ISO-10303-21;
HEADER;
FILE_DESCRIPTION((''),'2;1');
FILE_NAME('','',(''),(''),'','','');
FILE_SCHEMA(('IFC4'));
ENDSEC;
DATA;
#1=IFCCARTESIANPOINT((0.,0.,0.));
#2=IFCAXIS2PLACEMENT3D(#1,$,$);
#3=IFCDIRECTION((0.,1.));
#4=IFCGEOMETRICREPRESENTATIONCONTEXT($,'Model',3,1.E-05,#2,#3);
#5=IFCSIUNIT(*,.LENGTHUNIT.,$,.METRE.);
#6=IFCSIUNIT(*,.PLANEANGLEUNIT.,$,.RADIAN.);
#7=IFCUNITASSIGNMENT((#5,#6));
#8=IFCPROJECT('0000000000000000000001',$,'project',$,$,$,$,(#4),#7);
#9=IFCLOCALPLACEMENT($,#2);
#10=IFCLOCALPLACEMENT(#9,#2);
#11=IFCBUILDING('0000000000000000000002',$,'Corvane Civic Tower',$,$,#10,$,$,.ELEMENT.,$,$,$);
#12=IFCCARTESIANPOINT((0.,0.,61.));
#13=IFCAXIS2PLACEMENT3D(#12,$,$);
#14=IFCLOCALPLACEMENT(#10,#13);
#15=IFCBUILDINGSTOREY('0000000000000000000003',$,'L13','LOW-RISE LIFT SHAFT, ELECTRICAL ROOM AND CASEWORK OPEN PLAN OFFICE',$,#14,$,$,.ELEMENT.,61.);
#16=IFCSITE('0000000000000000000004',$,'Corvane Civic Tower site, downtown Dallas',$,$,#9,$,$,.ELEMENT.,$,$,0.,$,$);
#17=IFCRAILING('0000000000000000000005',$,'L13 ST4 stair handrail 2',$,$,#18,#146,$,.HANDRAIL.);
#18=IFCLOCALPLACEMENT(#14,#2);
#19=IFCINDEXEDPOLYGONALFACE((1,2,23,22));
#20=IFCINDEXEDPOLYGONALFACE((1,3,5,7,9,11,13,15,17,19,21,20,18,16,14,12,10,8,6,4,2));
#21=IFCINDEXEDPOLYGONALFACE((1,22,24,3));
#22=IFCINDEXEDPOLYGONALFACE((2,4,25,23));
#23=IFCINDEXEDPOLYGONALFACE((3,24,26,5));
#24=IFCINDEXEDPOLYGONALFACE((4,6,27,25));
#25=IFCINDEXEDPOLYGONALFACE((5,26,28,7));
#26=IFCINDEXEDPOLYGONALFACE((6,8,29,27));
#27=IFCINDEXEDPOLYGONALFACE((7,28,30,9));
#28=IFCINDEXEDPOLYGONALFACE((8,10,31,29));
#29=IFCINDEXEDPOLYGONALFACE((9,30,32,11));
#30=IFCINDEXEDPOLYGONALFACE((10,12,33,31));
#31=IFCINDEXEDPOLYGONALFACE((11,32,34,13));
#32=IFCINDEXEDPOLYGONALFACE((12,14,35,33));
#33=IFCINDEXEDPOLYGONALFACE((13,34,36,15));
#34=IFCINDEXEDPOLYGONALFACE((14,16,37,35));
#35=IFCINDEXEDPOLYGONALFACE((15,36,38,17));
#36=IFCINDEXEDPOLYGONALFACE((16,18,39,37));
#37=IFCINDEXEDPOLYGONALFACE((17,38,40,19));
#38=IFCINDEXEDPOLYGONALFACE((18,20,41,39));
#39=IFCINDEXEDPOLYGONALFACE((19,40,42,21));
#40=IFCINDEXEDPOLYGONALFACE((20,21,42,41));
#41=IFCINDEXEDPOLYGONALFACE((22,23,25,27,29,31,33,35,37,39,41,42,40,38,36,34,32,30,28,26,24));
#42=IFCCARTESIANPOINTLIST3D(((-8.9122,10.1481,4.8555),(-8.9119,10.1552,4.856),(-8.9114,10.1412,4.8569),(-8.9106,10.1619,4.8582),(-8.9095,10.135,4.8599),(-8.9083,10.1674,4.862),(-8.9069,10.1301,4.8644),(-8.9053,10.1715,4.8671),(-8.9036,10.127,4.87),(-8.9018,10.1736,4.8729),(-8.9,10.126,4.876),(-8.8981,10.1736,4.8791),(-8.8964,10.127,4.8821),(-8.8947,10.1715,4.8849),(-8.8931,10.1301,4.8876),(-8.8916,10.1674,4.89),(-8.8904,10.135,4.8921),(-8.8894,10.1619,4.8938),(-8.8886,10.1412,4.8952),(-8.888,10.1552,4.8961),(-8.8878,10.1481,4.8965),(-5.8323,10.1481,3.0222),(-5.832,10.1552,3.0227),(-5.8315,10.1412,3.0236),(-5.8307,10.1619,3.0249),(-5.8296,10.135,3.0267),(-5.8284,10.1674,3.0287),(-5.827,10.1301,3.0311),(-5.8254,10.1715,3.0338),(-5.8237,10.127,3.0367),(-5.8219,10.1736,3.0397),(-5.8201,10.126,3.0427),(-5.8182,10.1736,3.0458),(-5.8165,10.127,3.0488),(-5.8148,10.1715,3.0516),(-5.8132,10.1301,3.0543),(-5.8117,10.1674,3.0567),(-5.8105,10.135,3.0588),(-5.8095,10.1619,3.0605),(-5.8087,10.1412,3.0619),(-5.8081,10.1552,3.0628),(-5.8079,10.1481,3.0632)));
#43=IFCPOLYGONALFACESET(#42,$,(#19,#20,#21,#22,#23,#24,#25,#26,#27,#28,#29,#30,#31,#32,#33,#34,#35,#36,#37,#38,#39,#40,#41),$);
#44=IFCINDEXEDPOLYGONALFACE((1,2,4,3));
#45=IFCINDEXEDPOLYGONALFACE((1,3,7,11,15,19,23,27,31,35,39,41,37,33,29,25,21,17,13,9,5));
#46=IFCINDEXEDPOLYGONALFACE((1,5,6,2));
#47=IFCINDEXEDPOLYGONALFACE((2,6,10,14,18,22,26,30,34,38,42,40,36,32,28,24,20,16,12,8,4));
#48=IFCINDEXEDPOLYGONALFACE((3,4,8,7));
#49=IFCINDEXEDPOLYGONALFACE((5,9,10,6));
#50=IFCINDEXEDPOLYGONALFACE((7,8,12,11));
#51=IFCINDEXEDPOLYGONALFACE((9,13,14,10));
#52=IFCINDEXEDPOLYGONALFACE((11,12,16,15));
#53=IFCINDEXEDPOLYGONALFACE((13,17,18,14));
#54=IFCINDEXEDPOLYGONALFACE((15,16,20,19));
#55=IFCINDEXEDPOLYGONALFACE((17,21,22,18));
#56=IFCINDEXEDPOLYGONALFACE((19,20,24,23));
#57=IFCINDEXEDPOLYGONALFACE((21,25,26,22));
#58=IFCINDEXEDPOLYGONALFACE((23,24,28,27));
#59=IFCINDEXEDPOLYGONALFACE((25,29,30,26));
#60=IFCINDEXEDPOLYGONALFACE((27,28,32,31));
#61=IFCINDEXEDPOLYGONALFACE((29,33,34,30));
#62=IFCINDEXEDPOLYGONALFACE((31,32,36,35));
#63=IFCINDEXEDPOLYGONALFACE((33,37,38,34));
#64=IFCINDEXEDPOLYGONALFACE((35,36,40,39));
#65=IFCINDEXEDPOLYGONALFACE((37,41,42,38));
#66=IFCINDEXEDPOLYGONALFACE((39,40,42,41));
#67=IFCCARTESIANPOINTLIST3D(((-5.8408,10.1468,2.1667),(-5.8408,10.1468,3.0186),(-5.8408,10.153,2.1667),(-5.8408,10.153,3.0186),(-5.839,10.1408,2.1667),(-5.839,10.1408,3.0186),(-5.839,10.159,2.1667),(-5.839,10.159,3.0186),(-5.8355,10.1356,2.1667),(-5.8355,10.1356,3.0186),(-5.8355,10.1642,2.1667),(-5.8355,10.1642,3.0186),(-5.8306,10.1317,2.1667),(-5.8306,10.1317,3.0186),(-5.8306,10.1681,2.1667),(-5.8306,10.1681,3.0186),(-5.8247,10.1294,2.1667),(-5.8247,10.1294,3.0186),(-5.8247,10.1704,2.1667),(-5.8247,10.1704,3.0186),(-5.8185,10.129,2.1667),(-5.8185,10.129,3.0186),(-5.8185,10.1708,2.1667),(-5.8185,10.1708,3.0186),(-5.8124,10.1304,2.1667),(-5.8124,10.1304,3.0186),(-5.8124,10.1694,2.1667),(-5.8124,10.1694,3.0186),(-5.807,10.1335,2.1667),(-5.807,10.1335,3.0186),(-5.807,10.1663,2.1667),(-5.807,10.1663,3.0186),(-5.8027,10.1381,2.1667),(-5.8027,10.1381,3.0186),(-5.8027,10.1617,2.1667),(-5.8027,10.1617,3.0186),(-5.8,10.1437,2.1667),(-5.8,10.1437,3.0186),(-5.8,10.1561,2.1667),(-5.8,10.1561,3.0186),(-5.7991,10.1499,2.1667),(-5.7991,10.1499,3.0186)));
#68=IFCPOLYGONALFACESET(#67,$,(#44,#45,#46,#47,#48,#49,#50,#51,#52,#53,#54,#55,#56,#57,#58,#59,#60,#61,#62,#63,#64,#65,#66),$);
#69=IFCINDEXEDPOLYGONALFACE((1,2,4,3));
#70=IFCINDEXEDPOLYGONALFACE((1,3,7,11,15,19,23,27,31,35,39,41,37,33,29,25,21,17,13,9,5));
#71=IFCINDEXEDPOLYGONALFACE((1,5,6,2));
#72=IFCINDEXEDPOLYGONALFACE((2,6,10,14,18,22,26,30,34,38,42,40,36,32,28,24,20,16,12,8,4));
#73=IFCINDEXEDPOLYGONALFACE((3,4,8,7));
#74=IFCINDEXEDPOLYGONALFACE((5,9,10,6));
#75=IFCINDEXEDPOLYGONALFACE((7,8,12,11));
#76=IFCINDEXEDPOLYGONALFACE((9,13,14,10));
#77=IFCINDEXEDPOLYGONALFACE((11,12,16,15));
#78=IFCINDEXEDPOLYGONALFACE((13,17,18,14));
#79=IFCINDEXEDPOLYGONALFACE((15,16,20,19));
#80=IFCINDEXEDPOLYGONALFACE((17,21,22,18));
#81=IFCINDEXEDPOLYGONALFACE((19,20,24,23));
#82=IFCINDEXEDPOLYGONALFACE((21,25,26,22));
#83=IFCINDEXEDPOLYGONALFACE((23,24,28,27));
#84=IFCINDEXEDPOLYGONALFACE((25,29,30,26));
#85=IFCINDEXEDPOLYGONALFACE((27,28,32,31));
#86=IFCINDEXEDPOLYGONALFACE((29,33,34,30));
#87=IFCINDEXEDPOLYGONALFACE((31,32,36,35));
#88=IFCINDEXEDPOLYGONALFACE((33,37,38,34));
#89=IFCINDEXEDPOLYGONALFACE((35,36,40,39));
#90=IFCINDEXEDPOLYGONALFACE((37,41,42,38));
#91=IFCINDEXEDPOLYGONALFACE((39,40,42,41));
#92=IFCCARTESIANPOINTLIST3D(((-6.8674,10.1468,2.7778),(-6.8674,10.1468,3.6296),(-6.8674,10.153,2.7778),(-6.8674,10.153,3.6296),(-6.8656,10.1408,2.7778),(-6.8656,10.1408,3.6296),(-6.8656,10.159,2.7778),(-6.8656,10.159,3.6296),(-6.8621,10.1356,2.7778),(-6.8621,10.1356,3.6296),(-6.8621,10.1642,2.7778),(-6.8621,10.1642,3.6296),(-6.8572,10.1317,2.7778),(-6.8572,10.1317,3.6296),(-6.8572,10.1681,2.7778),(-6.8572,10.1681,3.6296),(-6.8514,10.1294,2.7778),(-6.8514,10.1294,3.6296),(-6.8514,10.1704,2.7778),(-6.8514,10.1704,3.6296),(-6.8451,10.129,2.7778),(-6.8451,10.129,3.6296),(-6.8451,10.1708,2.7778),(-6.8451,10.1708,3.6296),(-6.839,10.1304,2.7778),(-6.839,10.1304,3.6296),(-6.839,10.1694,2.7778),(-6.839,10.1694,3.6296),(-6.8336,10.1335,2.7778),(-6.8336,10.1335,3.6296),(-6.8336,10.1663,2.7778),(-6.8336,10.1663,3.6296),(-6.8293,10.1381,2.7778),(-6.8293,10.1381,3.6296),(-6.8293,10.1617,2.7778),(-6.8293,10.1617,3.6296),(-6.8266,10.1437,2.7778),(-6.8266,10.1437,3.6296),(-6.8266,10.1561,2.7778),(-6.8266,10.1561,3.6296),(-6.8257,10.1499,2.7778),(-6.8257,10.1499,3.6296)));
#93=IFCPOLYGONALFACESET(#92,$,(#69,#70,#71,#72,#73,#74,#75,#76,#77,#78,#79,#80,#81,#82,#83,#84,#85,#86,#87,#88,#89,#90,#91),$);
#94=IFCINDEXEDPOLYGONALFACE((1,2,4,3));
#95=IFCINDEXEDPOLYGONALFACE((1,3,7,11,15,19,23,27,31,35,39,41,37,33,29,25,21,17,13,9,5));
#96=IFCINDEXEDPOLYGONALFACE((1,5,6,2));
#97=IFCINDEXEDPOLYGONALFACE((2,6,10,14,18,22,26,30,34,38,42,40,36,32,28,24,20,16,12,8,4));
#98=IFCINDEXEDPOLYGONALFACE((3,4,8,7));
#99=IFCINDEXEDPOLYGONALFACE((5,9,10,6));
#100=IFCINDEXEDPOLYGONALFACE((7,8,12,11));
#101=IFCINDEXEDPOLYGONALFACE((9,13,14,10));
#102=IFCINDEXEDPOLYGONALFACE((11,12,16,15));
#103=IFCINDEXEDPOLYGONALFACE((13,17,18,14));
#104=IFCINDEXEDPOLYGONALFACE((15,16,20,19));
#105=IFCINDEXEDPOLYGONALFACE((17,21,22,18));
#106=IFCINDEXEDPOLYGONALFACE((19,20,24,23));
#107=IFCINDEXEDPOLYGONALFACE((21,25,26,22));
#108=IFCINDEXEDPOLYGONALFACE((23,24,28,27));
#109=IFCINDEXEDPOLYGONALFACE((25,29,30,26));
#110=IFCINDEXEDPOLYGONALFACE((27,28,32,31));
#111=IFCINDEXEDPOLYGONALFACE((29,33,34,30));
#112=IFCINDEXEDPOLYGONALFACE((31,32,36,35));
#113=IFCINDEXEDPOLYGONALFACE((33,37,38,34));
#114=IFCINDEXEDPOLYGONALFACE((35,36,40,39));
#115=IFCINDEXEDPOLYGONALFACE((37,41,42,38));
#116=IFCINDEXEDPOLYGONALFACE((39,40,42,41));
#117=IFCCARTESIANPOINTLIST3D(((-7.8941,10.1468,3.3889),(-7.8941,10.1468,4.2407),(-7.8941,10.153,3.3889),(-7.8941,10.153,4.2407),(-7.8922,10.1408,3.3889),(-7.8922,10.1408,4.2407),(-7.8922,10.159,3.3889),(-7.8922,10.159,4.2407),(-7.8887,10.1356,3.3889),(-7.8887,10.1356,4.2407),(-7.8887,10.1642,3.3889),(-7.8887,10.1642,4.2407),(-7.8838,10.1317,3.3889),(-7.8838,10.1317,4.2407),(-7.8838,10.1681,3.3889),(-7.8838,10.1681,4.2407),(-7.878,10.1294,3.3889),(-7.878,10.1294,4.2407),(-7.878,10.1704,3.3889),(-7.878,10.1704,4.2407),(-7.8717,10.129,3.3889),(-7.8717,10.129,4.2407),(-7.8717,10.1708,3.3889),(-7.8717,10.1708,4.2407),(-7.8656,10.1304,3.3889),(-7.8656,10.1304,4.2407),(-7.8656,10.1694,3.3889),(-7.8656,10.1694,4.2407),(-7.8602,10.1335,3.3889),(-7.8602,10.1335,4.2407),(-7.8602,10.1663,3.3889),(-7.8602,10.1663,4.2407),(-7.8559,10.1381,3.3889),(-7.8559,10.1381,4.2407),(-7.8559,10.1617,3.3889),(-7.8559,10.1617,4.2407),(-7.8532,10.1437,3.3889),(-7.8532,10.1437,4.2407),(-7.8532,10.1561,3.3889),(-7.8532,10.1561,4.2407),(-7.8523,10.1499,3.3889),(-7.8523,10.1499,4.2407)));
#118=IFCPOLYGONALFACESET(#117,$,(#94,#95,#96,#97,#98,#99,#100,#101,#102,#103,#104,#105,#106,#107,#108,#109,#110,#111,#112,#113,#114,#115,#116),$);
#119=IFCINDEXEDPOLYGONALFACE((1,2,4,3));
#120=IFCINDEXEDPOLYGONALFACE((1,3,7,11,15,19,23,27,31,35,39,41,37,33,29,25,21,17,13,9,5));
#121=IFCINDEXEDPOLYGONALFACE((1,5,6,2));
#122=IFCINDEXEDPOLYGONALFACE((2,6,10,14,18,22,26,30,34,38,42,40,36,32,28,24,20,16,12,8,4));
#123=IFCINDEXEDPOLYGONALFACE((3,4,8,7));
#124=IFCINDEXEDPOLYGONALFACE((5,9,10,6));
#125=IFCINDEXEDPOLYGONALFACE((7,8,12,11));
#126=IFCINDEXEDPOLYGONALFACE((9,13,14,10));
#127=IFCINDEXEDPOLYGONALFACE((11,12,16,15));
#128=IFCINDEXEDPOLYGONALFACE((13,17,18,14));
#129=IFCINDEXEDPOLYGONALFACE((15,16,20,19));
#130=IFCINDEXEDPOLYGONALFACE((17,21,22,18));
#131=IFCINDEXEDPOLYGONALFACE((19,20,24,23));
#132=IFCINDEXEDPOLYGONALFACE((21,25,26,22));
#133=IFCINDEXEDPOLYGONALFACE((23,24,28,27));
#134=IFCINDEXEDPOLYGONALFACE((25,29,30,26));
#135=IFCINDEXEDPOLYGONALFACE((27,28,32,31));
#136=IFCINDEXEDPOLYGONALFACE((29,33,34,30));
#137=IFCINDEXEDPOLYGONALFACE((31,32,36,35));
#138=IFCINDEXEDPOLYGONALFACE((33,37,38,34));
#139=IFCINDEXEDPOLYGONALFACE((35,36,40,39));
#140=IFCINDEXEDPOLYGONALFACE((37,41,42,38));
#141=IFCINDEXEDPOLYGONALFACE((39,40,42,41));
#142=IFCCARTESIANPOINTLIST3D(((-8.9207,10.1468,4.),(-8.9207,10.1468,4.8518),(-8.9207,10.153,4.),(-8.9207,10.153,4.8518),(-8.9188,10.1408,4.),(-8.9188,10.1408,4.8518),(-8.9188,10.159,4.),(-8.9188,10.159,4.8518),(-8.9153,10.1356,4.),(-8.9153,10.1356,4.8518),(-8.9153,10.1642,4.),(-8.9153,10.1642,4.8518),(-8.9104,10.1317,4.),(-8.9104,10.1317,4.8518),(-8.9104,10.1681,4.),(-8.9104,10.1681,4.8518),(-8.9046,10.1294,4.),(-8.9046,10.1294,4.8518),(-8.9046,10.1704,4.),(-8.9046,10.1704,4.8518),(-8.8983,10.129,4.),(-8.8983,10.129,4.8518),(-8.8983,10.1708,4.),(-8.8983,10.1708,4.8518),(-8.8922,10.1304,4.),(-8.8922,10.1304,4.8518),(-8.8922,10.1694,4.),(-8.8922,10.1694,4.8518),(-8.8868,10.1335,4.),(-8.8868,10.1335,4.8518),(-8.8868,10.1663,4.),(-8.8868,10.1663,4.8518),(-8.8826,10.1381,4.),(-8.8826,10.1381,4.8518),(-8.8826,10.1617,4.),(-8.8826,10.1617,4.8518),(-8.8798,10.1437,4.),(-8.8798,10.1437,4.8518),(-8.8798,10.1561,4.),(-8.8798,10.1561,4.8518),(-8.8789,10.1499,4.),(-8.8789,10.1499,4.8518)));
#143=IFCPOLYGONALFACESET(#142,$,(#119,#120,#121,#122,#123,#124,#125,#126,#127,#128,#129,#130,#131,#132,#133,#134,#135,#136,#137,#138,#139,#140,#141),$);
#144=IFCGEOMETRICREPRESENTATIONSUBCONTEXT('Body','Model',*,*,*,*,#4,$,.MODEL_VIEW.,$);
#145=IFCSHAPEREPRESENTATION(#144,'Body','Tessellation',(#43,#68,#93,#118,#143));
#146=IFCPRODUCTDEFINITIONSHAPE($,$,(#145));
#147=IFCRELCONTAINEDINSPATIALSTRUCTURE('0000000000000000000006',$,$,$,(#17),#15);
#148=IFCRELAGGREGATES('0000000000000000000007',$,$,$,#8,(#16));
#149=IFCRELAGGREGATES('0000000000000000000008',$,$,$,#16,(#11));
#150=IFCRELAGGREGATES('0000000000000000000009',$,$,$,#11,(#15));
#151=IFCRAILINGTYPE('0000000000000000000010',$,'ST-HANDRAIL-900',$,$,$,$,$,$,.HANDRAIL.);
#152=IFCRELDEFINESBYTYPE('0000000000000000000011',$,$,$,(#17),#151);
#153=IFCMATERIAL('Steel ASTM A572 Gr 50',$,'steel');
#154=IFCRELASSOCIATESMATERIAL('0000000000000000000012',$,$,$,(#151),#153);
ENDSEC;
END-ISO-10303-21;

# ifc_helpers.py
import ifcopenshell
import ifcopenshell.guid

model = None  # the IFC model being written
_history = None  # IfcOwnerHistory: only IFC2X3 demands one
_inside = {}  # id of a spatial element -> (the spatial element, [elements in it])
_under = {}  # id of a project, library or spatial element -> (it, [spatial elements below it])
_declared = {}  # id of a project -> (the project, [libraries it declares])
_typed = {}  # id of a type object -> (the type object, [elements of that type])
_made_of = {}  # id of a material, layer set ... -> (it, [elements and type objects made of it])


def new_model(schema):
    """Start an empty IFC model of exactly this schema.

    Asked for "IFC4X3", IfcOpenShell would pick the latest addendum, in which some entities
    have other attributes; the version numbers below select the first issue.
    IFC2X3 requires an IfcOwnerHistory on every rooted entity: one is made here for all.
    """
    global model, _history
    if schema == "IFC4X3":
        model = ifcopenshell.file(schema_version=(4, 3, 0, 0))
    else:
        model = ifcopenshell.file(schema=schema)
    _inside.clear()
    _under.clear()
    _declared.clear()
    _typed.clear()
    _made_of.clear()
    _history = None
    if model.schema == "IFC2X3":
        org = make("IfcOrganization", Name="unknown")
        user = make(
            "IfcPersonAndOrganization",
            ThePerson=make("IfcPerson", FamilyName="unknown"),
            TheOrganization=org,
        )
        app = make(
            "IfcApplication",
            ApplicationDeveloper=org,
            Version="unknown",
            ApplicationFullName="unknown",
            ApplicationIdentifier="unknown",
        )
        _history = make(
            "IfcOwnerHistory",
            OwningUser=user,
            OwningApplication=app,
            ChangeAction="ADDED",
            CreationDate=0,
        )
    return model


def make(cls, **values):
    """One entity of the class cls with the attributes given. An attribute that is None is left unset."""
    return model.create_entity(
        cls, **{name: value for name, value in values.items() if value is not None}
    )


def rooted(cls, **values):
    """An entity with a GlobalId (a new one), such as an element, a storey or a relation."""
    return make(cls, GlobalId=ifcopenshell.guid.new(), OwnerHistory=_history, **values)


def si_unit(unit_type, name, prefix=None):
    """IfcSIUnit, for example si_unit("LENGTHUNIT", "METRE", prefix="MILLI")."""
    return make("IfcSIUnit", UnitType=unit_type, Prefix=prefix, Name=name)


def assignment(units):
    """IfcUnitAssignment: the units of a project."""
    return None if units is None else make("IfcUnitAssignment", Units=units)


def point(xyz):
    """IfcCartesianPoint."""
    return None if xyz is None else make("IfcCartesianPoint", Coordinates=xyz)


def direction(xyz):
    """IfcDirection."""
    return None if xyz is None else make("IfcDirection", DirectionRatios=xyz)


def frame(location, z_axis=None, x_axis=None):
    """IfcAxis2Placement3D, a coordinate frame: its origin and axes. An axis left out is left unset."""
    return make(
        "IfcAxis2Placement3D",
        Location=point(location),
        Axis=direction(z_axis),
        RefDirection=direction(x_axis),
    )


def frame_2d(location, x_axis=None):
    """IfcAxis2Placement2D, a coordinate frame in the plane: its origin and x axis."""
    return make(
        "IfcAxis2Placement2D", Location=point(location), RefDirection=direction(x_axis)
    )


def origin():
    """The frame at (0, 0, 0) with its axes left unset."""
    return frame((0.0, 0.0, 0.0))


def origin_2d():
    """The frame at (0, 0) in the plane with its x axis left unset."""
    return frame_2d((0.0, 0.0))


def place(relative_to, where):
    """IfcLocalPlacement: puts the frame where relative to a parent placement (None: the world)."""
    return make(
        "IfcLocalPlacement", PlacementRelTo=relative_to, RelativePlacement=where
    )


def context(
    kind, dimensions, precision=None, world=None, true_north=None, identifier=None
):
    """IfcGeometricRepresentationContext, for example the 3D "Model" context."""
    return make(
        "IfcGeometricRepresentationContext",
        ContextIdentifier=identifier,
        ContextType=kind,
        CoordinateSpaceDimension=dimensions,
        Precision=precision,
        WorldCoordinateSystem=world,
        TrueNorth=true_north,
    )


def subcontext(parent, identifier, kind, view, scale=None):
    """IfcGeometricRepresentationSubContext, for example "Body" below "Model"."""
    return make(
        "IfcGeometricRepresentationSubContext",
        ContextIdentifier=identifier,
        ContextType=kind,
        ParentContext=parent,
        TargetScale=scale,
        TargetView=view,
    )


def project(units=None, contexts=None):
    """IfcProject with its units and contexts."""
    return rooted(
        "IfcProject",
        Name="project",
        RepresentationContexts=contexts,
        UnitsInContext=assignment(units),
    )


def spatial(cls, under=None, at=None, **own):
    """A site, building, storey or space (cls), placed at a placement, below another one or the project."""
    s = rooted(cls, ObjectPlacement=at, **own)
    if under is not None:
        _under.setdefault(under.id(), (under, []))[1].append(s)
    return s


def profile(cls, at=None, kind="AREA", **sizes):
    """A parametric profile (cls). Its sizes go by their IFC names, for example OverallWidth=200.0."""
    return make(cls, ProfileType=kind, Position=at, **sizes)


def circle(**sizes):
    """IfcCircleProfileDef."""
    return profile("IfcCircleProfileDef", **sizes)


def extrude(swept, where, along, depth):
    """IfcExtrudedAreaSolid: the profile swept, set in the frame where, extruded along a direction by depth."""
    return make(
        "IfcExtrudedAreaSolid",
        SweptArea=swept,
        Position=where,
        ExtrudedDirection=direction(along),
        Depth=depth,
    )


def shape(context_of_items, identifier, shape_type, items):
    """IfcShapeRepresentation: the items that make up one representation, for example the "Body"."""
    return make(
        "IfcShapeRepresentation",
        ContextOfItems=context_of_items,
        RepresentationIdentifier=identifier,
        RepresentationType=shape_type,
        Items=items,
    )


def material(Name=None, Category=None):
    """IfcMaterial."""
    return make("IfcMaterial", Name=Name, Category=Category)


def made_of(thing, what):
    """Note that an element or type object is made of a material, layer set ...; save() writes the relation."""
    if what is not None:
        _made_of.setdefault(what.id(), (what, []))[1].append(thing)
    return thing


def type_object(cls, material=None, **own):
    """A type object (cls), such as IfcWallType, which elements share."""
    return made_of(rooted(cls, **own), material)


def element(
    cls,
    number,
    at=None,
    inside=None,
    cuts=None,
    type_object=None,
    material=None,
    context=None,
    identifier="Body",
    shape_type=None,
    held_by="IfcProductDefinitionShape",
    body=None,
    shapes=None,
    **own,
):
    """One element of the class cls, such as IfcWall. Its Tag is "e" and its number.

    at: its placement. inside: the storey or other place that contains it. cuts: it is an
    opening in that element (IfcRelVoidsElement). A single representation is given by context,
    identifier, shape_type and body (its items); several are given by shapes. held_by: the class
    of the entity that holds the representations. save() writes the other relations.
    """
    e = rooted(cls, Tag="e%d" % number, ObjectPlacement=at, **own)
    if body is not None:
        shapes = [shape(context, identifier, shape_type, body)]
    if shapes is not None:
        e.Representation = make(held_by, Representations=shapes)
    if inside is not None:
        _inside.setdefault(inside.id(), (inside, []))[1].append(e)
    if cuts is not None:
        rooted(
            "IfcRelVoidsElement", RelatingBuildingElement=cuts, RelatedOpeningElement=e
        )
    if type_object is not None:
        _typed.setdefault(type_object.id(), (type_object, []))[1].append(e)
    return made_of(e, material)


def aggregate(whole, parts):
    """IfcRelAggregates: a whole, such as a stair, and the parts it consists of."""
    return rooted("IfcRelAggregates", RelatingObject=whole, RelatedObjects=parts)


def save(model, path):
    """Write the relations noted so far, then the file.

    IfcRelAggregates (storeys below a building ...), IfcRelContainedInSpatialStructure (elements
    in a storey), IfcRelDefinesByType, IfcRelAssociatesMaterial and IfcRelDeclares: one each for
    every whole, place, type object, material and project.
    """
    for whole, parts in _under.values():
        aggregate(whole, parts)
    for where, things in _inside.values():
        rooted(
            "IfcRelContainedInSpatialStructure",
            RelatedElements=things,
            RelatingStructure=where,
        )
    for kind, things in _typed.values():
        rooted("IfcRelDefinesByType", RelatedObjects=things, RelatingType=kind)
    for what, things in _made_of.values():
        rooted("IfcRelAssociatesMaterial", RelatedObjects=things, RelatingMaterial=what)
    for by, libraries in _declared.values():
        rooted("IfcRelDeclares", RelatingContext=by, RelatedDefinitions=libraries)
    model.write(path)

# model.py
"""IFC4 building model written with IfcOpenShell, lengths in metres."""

from ifc_helpers import new_model, si_unit, direction, frame, origin, origin_2d, place, context, subcontext, project, spatial, circle, extrude, material, type_object, element, save


model = new_model("IFC4")

# Units and contexts
model_context = context("Model", 3, precision=1e-05, world=origin(), true_north=direction((0.0, 1.0)))
body_context = subcontext(model_context, "Body", "Model", "MODEL_VIEW")
ifc_project = project(units=[si_unit("LENGTHUNIT", "METRE"), si_unit("PLANEANGLEUNIT", "RADIAN")], contexts=[model_context])

# Site, building, storey
site_placement = place(None, origin())
site = spatial("IfcSite", under=ifc_project, at=site_placement, Name="Corvane Civic Tower site, downtown Dallas", CompositionType="ELEMENT", RefElevation=0.0)
building_placement = place(site_placement, origin())
building = spatial("IfcBuilding", under=site, at=building_placement, Name="Corvane Civic Tower", CompositionType="ELEMENT")
storey_placement = place(building_placement, frame((0.0, 0.0, 61.0)))
storey = spatial("IfcBuildingStorey", under=building, at=storey_placement, Name="L13", Description="LOW-RISE LIFT SHAFT, ELECTRICAL ROOM AND CASEWORK OPEN PLAN OFFICE", CompositionType="ELEMENT", Elevation=61.0)

# Railing
ifc_material_1 = material(Name="Steel ASTM A572 Gr 50", Category="steel")
railing_type = type_object("IfcRailingType", Name="ST-HANDRAIL-900", PredefinedType="HANDRAIL", material=ifc_material_1)
railing_1_placement = place(storey_placement, frame((-5.8201, 10.1499, 2.1667)))
element("IfcRailing", 1, at=railing_1_placement, inside=storey, type_object=railing_type, Name="L13 ST4 stair handrail 2", PredefinedType="HANDRAIL", context=body_context, shape_type="SweptSolid", body=[
    extrude(circle(Radius=0.0239, at=origin_2d()), frame((0.0, 0.0, 0.876), z_axis=(-0.859291, 0.0, 0.511487), x_axis=(0.0, -1.0, 0.0)), (0.0, 0.0, 1.0), 3.5842),
    extrude(circle(Radius=0.021, at=origin_2d()), origin(), (0.0, 0.0, 1.0), 0.8518),
    extrude(circle(Radius=0.021, at=origin_2d()), frame((-1.0266, 0.0, 0.6111)), (0.0, 0.0, 1.0), 0.8518),
    extrude(circle(Radius=0.021, at=origin_2d()), frame((-2.0532, 0.0, 1.2222)), (0.0, 0.0, 1.0), 0.8518),
    extrude(circle(Radius=0.021, at=origin_2d()), frame((-3.0798, 0.0, 1.8333)), (0.0, 0.0, 1.0), 0.8518),
])

save(model, "model.ifc")
